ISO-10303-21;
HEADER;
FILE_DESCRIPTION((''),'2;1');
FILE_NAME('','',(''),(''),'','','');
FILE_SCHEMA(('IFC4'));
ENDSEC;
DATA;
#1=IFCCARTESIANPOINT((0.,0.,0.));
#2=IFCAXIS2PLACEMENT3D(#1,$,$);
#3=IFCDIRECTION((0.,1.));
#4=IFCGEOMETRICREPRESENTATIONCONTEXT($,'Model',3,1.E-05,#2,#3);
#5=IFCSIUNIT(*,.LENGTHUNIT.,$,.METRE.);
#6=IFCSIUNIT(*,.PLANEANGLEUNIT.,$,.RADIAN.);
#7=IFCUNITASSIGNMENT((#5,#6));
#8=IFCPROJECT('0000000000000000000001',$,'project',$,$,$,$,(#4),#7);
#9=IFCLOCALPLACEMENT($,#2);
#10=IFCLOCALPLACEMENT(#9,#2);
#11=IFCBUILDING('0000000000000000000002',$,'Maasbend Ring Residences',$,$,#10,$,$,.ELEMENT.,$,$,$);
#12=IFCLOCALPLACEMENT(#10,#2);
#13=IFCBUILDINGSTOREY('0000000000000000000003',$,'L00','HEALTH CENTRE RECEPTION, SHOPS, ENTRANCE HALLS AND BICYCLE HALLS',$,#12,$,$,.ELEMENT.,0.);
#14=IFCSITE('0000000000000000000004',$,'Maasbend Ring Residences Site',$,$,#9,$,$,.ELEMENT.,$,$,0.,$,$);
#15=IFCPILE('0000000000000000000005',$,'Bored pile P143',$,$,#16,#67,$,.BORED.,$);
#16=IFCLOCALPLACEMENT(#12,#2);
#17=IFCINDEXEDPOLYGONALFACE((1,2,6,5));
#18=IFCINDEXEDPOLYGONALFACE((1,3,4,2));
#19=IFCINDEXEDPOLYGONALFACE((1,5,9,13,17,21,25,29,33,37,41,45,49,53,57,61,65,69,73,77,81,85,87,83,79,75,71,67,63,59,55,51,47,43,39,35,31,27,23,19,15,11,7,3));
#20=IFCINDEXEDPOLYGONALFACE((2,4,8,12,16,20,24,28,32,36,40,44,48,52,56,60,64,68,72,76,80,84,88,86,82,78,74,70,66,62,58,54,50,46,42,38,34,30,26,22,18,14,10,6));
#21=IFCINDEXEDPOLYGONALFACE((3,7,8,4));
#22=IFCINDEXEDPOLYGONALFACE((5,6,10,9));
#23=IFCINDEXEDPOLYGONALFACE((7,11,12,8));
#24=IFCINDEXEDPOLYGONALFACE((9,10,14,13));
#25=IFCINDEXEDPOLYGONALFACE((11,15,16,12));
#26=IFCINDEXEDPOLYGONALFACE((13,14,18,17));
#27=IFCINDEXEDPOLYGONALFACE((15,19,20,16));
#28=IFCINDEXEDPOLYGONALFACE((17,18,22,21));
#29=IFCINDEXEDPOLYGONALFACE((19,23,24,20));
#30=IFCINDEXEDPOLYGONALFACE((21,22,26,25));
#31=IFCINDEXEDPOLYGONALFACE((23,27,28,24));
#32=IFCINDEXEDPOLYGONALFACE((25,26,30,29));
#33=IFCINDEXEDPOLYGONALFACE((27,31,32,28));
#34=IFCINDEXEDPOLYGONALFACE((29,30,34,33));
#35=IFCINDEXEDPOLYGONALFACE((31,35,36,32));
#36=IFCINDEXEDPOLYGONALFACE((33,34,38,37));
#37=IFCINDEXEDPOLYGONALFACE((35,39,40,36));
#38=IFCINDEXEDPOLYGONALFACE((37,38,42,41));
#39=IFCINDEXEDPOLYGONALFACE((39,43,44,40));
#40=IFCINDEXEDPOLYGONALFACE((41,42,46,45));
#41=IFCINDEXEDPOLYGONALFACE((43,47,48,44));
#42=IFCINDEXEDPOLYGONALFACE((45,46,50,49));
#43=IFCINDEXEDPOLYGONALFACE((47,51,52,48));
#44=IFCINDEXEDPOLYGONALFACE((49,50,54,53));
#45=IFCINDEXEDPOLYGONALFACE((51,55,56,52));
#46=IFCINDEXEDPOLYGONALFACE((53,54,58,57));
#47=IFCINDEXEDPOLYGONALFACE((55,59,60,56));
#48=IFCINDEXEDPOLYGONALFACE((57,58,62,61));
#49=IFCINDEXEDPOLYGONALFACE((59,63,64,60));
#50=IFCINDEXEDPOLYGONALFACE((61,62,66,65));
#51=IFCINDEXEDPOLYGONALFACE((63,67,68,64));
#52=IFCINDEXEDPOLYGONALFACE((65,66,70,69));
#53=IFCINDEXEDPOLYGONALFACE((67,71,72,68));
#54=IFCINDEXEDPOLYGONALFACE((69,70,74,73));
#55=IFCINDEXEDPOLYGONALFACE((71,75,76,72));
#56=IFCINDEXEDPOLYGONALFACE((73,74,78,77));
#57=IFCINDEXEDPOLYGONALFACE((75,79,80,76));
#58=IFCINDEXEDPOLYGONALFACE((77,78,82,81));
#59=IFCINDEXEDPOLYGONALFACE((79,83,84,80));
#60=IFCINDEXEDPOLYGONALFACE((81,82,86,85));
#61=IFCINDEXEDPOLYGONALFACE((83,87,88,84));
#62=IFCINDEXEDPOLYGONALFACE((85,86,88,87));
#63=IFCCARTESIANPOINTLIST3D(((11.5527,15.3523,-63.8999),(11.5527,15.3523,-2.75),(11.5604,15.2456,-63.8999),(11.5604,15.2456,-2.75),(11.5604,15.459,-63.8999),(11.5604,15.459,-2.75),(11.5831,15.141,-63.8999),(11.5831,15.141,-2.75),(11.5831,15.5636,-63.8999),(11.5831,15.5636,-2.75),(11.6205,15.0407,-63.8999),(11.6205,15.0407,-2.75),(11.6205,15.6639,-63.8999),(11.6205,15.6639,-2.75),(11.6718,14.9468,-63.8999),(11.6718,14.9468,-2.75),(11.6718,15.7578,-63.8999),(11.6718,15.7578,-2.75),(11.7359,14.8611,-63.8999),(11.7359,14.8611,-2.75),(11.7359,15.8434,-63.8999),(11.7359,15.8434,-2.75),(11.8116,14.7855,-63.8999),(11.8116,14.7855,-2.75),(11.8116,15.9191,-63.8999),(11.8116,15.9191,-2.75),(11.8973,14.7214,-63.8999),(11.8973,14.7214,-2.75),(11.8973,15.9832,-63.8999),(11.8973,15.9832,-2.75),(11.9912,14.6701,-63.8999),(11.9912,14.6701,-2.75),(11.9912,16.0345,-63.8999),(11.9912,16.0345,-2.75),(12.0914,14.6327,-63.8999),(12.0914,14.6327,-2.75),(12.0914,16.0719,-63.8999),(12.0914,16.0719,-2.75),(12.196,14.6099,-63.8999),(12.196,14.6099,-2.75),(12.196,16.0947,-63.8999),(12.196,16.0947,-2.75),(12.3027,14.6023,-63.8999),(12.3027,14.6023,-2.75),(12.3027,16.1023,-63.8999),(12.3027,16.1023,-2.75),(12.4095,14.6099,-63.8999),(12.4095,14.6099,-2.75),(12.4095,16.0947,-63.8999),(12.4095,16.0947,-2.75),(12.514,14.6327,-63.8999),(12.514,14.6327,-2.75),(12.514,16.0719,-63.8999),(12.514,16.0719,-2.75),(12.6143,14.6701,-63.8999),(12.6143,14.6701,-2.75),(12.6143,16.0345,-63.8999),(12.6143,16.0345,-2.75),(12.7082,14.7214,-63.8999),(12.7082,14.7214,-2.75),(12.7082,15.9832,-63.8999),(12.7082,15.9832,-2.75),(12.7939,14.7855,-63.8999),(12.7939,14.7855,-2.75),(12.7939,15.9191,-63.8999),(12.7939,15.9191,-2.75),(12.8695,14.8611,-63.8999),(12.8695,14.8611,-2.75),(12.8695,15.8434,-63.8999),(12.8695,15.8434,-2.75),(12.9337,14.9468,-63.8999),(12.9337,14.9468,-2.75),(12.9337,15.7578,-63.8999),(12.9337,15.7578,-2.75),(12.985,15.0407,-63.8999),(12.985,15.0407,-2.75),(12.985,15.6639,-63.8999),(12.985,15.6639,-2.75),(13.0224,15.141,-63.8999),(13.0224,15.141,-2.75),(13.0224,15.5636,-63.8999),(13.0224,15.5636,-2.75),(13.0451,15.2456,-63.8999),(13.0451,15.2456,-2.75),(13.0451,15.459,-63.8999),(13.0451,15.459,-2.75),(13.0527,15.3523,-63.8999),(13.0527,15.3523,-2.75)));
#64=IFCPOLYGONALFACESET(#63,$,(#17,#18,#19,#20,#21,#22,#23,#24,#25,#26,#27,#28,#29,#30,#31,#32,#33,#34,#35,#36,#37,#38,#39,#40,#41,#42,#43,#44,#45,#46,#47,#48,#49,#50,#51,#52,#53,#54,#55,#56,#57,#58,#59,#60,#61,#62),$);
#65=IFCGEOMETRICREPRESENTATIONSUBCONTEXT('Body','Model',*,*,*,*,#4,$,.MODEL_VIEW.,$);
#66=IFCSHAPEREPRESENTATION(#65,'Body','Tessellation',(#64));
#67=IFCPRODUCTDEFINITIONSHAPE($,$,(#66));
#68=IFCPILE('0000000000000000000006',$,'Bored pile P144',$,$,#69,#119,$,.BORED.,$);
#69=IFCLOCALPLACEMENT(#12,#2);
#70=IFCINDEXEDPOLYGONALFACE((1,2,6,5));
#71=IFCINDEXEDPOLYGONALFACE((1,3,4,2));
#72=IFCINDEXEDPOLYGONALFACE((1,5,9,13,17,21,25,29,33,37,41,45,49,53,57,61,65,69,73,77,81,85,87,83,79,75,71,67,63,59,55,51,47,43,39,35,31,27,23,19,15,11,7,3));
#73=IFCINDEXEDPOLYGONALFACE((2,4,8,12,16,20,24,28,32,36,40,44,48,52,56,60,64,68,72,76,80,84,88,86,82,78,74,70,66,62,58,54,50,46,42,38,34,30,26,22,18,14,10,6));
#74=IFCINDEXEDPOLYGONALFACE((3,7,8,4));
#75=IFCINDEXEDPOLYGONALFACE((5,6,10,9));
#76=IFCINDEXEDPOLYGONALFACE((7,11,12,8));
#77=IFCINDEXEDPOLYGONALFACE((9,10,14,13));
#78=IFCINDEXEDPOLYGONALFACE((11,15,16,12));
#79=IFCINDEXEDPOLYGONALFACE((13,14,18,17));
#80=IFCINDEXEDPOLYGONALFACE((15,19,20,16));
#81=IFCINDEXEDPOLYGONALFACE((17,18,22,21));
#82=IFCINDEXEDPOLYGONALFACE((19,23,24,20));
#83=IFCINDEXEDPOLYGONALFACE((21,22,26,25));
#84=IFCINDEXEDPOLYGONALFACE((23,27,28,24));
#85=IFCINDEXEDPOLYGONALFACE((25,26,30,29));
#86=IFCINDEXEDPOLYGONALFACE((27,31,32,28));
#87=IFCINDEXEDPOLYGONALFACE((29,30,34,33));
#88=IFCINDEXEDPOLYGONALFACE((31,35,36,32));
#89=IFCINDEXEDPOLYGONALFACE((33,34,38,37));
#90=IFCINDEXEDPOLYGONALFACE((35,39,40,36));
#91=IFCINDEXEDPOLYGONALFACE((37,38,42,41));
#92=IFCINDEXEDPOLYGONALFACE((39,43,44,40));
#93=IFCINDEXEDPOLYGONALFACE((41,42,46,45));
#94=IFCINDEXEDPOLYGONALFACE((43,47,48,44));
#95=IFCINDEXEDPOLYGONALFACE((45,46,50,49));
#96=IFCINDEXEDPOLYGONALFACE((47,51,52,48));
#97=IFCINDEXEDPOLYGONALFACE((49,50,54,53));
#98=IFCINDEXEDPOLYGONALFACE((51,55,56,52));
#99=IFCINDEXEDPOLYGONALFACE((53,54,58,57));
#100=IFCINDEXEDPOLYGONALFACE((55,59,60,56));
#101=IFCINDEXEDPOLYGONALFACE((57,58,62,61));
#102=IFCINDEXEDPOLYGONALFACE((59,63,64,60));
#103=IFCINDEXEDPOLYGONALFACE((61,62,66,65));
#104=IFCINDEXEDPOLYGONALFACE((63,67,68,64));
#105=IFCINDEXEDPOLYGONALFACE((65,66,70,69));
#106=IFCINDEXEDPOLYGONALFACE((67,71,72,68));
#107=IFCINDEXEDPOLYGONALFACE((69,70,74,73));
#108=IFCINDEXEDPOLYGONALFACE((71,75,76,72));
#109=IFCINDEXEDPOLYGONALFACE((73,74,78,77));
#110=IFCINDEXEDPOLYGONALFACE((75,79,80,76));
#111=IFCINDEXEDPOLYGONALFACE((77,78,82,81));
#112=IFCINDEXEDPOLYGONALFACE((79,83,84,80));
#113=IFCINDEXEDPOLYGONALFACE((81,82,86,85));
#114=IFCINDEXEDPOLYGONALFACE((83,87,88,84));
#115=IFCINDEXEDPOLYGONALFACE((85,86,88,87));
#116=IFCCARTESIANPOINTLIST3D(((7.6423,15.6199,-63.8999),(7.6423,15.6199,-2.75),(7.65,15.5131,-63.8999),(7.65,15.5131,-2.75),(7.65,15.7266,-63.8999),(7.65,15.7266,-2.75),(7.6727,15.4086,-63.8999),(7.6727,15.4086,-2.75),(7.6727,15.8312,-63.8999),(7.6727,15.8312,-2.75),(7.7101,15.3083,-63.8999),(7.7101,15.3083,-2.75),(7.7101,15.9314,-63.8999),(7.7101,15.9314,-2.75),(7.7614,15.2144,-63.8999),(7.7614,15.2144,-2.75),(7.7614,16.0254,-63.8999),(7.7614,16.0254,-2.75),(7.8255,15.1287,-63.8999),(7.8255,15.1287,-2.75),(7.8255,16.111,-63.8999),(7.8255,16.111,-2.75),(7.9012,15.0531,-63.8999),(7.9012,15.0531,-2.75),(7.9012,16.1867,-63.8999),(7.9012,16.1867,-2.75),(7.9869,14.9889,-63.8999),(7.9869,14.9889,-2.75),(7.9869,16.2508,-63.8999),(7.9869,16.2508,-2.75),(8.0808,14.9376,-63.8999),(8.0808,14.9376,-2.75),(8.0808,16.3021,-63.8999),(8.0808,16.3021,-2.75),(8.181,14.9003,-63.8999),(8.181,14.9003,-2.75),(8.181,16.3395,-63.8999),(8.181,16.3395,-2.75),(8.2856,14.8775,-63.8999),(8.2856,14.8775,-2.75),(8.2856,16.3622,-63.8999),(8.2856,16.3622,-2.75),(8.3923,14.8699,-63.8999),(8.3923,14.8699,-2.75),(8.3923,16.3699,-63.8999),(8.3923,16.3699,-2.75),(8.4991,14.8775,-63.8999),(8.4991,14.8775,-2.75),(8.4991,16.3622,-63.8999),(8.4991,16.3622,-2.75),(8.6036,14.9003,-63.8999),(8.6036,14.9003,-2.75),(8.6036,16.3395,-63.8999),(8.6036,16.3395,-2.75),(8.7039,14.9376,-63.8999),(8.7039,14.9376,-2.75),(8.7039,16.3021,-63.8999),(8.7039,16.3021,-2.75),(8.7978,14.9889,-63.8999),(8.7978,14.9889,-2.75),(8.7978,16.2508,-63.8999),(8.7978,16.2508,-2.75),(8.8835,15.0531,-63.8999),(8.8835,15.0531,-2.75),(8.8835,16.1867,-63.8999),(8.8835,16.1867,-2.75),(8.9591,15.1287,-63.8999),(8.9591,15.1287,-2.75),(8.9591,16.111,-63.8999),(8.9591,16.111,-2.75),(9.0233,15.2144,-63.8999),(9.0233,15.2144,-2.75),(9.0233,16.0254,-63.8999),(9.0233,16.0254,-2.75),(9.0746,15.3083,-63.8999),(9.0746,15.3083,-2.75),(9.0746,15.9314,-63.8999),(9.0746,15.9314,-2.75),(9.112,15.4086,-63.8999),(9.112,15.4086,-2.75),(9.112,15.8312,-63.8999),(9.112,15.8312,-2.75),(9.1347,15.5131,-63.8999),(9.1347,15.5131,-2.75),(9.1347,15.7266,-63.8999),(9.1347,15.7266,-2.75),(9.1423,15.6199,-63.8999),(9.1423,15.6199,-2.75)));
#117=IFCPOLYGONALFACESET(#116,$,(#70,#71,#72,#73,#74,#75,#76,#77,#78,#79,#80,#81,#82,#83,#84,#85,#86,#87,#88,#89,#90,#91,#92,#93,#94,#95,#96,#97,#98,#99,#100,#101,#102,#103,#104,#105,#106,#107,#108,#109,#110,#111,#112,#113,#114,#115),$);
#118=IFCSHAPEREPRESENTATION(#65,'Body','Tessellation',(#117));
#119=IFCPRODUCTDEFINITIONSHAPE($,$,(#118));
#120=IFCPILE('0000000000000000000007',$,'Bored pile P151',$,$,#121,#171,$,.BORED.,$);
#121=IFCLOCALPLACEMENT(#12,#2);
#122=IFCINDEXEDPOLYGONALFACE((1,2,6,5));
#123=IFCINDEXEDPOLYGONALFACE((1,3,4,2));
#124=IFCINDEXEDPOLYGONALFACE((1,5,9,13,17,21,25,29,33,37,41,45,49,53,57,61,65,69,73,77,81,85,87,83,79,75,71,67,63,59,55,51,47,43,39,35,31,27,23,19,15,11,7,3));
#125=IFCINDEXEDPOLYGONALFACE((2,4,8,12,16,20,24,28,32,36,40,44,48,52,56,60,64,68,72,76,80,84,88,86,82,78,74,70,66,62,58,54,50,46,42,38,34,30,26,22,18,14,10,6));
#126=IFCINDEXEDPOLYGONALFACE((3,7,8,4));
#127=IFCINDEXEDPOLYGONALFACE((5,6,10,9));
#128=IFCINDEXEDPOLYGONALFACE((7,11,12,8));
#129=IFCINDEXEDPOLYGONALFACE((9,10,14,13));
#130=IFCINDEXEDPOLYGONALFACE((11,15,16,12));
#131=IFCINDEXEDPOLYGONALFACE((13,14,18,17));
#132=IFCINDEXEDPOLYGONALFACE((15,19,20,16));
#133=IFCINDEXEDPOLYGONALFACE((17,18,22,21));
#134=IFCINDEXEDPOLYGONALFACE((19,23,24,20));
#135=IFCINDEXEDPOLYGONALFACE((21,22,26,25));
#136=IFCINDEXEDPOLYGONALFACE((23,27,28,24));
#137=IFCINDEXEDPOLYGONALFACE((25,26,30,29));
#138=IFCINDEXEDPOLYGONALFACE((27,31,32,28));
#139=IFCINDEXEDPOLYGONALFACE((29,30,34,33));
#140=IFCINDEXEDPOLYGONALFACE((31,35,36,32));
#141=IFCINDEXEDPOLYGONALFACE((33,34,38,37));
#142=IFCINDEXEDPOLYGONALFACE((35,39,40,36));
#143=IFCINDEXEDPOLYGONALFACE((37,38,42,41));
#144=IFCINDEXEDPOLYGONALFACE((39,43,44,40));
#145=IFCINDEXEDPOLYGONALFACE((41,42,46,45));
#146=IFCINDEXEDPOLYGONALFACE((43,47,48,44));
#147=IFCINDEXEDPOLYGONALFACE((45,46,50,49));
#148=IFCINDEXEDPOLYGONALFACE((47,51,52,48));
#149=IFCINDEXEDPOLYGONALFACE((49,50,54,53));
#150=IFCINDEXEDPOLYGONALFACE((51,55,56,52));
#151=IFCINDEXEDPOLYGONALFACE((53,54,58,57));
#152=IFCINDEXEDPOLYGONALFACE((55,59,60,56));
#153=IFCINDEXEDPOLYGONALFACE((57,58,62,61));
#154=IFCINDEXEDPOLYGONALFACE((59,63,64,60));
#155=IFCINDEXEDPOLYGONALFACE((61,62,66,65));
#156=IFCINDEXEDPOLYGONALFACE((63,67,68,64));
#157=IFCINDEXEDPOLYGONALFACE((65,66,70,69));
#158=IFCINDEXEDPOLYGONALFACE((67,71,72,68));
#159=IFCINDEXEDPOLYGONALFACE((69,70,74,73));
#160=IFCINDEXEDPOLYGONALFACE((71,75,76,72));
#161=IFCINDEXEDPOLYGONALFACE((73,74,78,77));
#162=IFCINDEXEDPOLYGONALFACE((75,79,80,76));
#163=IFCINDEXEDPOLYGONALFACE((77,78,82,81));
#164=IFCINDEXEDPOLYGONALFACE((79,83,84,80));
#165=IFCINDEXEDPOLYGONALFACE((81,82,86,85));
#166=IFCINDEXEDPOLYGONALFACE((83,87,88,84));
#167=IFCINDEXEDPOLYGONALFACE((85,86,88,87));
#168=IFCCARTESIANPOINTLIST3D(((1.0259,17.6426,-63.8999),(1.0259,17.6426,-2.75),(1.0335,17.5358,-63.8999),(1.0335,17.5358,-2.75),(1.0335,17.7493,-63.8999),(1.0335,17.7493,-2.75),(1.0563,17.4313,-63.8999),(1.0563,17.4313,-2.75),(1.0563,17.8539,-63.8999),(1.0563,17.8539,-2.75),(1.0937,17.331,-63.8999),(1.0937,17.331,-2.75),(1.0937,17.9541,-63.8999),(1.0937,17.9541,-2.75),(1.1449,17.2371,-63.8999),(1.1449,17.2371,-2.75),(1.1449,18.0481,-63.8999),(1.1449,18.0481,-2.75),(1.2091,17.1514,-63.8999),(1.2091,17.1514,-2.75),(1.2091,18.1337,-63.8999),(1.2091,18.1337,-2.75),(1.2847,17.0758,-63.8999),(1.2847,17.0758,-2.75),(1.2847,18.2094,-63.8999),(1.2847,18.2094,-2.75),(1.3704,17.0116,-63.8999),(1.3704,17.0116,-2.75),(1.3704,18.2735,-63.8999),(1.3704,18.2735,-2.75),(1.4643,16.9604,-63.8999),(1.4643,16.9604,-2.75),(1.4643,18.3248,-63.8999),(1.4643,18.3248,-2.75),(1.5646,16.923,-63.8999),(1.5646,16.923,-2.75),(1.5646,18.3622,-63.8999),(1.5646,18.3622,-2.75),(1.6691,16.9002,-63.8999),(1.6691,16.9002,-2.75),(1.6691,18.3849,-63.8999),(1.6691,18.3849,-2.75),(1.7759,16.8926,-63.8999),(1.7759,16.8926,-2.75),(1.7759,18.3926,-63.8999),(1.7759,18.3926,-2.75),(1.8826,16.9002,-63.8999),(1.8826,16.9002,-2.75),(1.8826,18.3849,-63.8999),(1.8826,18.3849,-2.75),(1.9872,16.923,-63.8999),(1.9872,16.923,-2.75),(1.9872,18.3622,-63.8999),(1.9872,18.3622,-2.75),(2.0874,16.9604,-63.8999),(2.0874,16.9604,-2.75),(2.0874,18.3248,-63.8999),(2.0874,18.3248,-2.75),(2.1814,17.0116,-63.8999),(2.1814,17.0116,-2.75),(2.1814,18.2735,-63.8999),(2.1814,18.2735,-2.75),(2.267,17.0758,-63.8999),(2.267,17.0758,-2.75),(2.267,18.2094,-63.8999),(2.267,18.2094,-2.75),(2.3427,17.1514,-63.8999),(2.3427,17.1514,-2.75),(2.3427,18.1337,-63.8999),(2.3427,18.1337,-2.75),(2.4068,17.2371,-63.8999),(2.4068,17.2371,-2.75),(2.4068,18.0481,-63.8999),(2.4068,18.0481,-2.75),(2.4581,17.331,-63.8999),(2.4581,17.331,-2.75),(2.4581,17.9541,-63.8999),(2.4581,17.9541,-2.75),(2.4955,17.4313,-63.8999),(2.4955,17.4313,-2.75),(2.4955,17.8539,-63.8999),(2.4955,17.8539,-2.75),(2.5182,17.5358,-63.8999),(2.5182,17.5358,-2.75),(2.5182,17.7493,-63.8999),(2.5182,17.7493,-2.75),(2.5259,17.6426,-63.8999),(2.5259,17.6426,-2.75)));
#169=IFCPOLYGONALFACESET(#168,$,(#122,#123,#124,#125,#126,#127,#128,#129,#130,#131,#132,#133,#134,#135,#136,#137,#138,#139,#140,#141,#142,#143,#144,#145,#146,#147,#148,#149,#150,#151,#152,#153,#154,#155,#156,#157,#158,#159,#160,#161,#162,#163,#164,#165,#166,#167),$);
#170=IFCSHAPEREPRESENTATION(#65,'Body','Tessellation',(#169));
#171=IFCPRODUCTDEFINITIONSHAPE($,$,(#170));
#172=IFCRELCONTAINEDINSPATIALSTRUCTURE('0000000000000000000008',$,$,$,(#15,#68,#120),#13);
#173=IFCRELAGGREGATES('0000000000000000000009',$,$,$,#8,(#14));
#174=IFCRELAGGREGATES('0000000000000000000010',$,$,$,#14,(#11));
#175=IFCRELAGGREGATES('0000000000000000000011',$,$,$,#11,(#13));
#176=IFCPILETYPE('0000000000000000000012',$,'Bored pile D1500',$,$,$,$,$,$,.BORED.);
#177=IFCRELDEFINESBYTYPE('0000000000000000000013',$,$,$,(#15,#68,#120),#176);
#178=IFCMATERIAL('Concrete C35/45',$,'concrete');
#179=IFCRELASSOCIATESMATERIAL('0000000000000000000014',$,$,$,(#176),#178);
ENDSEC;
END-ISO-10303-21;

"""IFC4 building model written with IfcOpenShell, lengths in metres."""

from ifc_helpers import new_model, si_unit, direction, frame, origin, origin_2d, place, context, subcontext, project, spatial, circle, extrude, material, material_profile, profile_set, type_object, element, save


model = new_model("IFC4")

# Units and contexts
model_context = context("Model", 3, precision=1e-05, world=origin(), true_north=direction((0.0, 1.0)))
body_context = subcontext(model_context, "Body", "Model", "MODEL_VIEW")
ifc_project = project(units=[si_unit("LENGTHUNIT", "METRE"), si_unit("PLANEANGLEUNIT", "RADIAN")], contexts=[model_context])

# Site, building, storey
site_placement = place(None, origin())
site = spatial("IfcSite", under=ifc_project, at=site_placement, Name="Maasbend Ring Residences Site", CompositionType="ELEMENT", RefElevation=0.0)
building_placement = place(site_placement, origin())
building = spatial("IfcBuilding", under=site, at=building_placement, Name="Maasbend Ring Residences", CompositionType="ELEMENT")
storey_placement = place(building_placement, origin())
storey = spatial("IfcBuildingStorey", under=building, at=storey_placement, Name="L00", Description="HEALTH CENTRE RECEPTION, SHOPS, ENTRANCE HALLS AND BICYCLE HALLS", CompositionType="ELEMENT", Elevation=0.0)

# Piles
ifc_material_1 = material(Name="Concrete C35/45", Category="concrete")
ifc_material_profile_1 = material_profile(ifc_material_1, circle(Radius=0.75, at=origin_2d()), Name="Bored pile D1500")
ifc_profile_set_1 = profile_set([ifc_material_profile_1], Name="Concrete C35/45")
pile_type = type_object("IfcPileType", Name="Bored pile D1500", PredefinedType="BORED", material=ifc_profile_set_1)
for number, where, z_axis, x_axis, name in (
    (1, (12.3027, 15.3523, -2.75), (0.0, 0.0, -1.0), (1.0, 0.0, 0.0), "Bored pile P143"),
    (2, (8.3923, 15.6199, -2.75), (0.0, 0.0, -1.0), (1.0, 0.0, 0.0), "Bored pile P144"),
    (3, (1.7759, 17.6426, -2.75), (0.0, 0.0, -1.0), (1.0, 0.0, 0.0), "Bored pile P151"),
):
    element("IfcPile", number, at=place(storey_placement, frame(where, z_axis=z_axis, x_axis=x_axis)), inside=storey, type_object=pile_type, Name=name, PredefinedType="BORED", context=body_context, shape_type="SweptSolid", body=[
        extrude(circle(Radius=0.75, at=origin_2d()), origin(), (0.0, 0.0, 1.0), 61.1499),
    ])

save(model, "model.ifc")
